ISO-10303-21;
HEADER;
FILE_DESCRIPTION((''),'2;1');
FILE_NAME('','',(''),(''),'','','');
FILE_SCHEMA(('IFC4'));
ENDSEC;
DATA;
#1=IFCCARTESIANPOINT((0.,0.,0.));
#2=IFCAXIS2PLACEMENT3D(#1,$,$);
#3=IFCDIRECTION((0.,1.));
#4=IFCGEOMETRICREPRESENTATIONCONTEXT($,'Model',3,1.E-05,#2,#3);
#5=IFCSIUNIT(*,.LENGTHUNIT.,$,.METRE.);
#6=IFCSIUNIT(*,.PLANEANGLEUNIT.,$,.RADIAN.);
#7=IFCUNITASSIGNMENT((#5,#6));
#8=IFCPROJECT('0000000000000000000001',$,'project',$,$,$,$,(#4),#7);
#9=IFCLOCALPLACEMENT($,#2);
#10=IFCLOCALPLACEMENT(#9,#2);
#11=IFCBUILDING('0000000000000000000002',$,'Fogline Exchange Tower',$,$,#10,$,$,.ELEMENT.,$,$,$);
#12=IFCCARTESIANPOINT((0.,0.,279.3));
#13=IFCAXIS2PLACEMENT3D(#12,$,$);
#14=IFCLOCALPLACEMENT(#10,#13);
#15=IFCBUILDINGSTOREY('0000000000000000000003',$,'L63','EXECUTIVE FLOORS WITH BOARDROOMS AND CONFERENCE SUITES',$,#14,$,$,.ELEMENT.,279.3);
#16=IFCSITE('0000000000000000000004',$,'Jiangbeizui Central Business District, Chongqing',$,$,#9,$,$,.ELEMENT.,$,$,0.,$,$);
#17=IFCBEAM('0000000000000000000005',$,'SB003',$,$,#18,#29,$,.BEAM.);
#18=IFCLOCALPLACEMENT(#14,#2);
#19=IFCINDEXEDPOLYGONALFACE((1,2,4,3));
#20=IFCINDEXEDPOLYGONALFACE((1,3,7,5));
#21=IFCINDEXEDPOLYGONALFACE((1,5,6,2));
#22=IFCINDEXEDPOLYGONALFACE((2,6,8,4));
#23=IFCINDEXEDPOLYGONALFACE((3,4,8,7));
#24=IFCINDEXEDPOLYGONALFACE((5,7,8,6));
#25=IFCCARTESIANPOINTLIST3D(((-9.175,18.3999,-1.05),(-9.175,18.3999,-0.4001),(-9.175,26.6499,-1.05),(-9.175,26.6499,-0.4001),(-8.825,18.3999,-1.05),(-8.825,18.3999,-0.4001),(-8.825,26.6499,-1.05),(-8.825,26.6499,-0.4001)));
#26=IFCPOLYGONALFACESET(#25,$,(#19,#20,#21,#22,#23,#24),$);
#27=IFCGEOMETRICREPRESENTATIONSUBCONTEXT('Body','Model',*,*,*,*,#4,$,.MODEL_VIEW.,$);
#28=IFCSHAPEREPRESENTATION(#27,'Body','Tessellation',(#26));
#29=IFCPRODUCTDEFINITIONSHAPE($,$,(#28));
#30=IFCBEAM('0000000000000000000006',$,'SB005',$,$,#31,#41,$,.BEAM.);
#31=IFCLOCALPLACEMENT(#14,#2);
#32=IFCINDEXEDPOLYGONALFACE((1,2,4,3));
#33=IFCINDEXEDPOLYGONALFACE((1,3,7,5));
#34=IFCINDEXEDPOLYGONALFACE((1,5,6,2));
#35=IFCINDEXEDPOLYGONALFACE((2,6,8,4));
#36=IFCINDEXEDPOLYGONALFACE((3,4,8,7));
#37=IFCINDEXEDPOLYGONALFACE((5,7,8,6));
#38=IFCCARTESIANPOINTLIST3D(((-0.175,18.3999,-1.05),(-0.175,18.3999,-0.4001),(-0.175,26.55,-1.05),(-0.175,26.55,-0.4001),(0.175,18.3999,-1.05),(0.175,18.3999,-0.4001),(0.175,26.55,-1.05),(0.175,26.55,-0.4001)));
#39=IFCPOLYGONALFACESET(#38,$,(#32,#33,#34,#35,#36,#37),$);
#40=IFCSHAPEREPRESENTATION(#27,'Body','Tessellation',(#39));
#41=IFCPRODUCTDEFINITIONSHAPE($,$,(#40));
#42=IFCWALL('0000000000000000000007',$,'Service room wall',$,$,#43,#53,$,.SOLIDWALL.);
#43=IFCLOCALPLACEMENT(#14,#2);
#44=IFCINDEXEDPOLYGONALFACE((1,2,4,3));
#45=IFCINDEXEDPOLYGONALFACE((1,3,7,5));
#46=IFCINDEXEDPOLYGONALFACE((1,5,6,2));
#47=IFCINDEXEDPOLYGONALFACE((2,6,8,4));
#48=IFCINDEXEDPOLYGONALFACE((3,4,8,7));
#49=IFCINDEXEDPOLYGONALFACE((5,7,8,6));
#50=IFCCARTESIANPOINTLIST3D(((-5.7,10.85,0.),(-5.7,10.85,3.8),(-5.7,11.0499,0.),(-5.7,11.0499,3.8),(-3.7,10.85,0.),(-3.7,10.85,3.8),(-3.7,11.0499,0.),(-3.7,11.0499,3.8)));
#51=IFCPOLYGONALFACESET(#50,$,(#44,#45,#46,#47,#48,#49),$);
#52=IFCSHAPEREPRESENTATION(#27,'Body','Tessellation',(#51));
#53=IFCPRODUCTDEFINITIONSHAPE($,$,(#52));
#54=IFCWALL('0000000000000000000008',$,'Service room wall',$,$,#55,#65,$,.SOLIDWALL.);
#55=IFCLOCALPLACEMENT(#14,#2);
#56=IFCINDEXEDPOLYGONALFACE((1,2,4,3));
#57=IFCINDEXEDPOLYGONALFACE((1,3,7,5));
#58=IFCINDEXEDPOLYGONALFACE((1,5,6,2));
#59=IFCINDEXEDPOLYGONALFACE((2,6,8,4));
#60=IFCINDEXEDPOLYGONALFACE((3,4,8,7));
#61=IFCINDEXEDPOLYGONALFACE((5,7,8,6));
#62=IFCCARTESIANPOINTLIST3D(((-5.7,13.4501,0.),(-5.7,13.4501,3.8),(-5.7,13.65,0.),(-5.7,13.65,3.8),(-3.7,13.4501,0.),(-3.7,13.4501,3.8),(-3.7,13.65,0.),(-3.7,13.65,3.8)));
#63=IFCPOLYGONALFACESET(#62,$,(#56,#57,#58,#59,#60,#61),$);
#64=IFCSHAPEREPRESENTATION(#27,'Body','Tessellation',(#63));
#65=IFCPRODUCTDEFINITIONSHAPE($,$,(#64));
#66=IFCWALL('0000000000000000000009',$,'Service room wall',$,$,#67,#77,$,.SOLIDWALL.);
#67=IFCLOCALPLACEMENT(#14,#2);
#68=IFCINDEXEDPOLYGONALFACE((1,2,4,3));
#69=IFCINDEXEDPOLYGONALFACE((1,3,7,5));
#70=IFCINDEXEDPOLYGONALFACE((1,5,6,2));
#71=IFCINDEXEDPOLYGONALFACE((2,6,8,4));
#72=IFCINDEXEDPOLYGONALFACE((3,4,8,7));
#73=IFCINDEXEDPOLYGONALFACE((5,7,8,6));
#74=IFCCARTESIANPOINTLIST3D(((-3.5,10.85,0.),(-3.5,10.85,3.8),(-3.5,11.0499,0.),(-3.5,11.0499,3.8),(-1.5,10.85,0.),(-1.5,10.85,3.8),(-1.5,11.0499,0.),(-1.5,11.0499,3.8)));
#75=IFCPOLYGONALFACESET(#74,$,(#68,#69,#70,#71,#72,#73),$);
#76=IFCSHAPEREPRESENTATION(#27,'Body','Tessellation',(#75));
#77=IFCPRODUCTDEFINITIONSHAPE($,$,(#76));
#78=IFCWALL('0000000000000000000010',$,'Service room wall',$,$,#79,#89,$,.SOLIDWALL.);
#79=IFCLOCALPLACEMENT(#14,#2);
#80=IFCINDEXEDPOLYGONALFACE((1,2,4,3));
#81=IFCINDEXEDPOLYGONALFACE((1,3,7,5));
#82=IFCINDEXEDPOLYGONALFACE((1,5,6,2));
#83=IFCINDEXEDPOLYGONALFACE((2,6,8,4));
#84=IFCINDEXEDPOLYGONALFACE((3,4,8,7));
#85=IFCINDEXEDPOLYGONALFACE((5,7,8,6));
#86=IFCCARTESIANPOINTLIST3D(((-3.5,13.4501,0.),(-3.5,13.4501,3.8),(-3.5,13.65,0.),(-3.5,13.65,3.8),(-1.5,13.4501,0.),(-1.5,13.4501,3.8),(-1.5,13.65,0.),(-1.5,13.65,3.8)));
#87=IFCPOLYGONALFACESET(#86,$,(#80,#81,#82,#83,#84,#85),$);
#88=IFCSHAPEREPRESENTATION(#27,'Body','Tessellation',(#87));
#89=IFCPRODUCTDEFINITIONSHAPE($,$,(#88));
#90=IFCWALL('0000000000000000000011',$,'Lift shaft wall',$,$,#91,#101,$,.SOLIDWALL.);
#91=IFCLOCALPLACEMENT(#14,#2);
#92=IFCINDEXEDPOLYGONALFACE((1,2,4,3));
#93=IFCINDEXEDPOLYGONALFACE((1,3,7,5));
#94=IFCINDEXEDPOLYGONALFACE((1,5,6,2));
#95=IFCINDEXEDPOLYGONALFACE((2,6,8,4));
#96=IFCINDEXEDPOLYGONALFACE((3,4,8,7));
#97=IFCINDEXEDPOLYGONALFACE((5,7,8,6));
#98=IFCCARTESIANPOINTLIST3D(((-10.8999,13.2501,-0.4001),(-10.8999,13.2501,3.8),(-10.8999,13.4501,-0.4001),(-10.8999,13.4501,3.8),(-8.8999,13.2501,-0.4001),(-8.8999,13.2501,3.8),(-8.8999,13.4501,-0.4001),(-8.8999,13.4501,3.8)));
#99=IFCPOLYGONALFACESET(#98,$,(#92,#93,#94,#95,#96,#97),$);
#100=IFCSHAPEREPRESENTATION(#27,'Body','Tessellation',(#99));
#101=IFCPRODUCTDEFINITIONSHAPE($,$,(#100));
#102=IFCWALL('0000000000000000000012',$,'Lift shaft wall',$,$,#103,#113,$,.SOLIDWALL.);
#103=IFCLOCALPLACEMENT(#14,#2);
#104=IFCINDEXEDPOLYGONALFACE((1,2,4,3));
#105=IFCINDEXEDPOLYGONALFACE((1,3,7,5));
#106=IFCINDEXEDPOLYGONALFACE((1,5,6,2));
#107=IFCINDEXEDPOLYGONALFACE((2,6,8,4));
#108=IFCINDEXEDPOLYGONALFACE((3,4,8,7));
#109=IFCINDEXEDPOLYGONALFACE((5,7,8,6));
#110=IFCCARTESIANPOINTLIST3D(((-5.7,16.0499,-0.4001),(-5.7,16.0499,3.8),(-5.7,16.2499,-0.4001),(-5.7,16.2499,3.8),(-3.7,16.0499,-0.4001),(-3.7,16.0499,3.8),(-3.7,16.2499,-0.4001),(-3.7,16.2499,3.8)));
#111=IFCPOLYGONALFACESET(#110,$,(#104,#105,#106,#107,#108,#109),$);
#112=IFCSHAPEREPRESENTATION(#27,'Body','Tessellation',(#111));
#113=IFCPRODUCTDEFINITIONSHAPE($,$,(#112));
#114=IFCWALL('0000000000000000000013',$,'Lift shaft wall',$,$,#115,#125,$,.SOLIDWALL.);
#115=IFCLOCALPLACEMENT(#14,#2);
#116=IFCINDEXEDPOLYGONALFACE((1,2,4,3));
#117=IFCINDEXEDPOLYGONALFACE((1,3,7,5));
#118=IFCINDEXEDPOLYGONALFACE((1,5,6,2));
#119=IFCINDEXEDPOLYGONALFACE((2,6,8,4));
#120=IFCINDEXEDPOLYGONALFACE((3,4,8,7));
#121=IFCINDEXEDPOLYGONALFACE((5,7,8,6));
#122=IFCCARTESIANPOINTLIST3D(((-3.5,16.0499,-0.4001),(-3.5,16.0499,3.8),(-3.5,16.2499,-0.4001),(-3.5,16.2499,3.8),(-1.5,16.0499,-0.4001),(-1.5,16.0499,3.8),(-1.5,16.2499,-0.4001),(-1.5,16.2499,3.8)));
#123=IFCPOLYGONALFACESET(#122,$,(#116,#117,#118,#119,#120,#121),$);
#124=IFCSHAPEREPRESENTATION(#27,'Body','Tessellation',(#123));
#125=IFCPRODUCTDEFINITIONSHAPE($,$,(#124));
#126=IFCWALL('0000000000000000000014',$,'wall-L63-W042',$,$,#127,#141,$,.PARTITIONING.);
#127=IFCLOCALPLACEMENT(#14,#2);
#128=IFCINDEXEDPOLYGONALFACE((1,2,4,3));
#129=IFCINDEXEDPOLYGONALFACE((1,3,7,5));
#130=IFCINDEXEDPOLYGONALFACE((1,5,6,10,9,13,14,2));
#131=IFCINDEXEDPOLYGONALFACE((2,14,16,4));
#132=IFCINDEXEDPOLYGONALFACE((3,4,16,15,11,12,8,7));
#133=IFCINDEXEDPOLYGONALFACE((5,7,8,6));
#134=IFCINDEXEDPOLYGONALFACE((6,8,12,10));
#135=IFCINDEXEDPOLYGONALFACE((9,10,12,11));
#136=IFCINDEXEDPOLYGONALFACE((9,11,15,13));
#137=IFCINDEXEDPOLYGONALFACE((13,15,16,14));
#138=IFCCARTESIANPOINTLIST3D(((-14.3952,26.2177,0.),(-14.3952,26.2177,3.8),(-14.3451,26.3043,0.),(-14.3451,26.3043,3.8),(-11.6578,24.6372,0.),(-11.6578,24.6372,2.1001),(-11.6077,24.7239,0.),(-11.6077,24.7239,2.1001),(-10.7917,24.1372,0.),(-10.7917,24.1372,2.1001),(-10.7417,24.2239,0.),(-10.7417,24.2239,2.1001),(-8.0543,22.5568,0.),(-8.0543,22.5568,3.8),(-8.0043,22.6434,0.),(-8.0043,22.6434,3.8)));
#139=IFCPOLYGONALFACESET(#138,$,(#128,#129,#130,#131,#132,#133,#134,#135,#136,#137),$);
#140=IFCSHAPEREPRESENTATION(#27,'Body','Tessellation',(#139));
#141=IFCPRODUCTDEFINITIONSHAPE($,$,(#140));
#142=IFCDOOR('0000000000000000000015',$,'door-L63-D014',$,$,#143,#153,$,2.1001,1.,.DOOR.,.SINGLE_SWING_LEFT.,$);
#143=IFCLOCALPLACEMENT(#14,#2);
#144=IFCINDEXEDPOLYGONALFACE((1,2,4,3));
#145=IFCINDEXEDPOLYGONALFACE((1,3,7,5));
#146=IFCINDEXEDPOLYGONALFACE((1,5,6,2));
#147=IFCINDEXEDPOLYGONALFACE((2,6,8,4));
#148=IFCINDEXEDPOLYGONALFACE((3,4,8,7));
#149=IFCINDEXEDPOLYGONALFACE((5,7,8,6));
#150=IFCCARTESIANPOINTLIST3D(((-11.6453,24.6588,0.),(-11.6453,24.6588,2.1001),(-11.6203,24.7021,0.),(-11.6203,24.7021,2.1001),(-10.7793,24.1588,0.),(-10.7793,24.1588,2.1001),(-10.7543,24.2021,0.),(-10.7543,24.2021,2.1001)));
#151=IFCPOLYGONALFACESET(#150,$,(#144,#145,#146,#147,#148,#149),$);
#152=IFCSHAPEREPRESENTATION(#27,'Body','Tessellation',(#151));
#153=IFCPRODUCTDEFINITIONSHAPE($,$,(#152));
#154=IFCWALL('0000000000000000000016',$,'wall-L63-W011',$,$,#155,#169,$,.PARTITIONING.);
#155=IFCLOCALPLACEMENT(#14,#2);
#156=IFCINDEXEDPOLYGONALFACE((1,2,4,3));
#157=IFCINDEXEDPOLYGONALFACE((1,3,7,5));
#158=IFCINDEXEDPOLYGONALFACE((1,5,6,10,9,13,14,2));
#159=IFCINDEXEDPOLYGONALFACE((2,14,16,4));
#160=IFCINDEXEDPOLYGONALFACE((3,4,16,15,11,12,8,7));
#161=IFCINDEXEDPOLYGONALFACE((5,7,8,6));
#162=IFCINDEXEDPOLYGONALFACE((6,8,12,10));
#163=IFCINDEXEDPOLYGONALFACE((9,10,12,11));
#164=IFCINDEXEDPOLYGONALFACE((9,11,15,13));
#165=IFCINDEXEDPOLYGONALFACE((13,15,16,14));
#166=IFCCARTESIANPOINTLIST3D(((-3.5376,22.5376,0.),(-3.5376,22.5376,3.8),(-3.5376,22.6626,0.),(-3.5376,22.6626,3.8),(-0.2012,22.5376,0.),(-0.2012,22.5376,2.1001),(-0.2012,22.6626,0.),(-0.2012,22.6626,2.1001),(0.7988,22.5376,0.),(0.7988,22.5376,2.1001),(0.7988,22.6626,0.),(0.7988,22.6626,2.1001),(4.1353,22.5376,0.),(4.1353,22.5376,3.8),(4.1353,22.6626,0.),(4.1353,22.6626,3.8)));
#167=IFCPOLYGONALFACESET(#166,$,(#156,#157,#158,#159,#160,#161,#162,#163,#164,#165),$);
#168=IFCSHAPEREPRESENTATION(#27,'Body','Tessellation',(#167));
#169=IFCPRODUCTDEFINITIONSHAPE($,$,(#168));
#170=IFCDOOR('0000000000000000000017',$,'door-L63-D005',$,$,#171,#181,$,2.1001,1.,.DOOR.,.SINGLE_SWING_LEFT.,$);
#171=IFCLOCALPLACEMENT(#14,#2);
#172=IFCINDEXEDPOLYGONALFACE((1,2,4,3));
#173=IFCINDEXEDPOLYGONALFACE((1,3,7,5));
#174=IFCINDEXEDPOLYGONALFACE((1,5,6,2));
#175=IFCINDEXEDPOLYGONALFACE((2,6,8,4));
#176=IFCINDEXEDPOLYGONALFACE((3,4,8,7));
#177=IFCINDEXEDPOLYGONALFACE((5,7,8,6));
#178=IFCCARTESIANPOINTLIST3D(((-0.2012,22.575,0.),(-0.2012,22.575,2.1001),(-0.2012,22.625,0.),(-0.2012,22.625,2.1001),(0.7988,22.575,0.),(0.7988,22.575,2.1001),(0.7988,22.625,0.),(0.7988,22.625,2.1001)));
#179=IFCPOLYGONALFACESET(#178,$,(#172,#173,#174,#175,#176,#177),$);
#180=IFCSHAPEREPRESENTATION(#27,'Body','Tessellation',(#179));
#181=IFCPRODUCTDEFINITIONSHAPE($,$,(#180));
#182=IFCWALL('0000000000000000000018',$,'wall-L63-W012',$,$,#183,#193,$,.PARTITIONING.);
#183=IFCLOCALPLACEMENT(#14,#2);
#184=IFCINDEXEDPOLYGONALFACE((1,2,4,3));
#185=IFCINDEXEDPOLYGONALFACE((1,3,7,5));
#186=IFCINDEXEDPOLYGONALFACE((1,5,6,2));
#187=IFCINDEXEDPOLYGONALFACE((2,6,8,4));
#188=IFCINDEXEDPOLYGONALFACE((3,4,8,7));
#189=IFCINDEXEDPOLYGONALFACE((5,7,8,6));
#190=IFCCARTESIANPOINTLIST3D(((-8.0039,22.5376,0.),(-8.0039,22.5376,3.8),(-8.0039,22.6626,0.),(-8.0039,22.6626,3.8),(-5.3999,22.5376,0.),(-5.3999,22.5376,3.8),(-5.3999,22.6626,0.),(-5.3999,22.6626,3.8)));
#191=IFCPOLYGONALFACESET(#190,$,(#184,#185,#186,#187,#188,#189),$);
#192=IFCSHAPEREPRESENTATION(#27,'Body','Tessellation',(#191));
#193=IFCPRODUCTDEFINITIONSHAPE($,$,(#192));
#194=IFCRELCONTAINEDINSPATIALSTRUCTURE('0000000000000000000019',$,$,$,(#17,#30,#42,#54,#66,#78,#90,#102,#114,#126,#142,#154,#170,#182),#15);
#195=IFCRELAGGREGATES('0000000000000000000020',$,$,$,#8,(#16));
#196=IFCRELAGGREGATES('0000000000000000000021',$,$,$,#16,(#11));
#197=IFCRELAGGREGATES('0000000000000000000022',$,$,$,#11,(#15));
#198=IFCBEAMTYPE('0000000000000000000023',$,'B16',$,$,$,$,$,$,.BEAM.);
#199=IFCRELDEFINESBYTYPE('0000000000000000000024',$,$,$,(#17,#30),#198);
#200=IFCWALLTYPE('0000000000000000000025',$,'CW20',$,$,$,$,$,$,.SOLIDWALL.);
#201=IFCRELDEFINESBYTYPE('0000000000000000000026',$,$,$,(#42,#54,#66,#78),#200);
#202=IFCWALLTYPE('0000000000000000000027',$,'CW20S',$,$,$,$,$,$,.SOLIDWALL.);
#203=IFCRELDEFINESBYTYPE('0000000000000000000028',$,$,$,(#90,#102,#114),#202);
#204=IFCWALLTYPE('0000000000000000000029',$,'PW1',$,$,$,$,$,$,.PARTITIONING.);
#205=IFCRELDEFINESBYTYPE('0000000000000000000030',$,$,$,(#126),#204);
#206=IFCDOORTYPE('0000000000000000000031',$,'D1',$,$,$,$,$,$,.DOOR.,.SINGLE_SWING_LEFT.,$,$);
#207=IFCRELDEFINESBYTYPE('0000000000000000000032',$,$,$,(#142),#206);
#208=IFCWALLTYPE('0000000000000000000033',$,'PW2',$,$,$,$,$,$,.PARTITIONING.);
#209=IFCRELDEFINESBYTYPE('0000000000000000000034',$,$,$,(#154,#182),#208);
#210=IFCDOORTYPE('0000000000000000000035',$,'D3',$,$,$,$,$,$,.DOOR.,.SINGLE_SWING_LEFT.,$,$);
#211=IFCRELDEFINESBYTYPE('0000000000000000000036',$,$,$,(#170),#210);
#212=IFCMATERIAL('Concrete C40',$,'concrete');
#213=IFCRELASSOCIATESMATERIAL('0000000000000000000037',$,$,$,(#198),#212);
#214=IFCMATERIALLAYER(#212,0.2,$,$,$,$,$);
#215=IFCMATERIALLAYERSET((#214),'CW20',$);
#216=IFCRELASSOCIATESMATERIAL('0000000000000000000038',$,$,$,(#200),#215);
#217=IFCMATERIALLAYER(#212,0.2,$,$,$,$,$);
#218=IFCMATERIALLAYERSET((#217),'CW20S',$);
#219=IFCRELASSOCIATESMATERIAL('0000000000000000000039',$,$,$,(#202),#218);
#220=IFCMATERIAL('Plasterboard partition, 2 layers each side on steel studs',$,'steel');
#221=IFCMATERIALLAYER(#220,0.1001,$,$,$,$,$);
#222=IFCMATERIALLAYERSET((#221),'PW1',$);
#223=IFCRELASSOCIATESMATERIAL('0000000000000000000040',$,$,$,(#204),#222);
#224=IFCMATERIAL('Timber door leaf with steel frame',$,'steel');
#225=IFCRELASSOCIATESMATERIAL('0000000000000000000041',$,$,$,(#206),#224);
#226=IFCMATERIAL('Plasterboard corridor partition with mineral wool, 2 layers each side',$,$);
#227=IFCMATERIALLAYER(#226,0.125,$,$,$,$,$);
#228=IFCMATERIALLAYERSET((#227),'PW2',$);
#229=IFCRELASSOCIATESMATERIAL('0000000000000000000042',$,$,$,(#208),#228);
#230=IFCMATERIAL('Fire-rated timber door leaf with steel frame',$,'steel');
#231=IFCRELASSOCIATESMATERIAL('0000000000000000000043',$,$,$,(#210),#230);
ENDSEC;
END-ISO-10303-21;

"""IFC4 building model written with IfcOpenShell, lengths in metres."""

from ifc_helpers import new_model, si_unit, direction, frame, frame_2d, origin, origin_2d, place, context, subcontext, project, spatial, rectangle, extrude, material, layer, layer_set, material_profile, profile_set, type_object, element, fill, save


model = new_model("IFC4")

# Units and contexts
model_context = context("Model", 3, precision=1e-05, world=origin(), true_north=direction((0.0, 1.0)))
body_context = subcontext(model_context, "Body", "Model", "MODEL_VIEW")
ifc_project = project(units=[si_unit("LENGTHUNIT", "METRE"), si_unit("PLANEANGLEUNIT", "RADIAN")], contexts=[model_context])

# Site, building, storey
site_placement = place(None, origin())
site = spatial("IfcSite", under=ifc_project, at=site_placement, Name="Jiangbeizui Central Business District, Chongqing", CompositionType="ELEMENT", RefElevation=0.0)
building_placement = place(site_placement, origin())
building = spatial("IfcBuilding", under=site, at=building_placement, Name="Fogline Exchange Tower", CompositionType="ELEMENT")
storey_placement = place(building_placement, frame((0.0, 0.0, 279.3)))
storey = spatial("IfcBuildingStorey", under=building, at=storey_placement, Name="L63", Description="EXECUTIVE FLOORS WITH BOARDROOMS AND CONFERENCE SUITES", CompositionType="ELEMENT", Elevation=279.3)

# Beams
ifc_material_1 = material(Name="Concrete C40", Category="concrete")
ifc_material_profile = material_profile(ifc_material_1, rectangle(XDim=0.3501, YDim=0.6499, at=origin_2d()), Name="RC 350x650")
ifc_profile_set = profile_set([ifc_material_profile], Name="Concrete C40")
beam_type = type_object("IfcBeamType", Name="B16", PredefinedType="BEAM", material=ifc_profile_set)
beam_1_placement = place(storey_placement, frame((-9.0, 18.3999, -0.7251), z_axis=(0.0, 1.0, 0.0), x_axis=(-1.0, 0.0, 0.0)))
element("IfcBeam", 1, at=beam_1_placement, inside=storey, type_object=beam_type, Name="SB003", PredefinedType="BEAM", context=body_context, shape_type="SweptSolid", body=[
    extrude(rectangle(XDim=0.3501, YDim=0.6499, at=origin_2d()), origin(), (0.0, 0.0, 1.0), 8.25),
])
beam_2_placement = place(storey_placement, frame((0.0, 18.3999, -0.7251), z_axis=(0.0, 1.0, 0.0), x_axis=(-1.0, 0.0, 0.0)))
element("IfcBeam", 2, at=beam_2_placement, inside=storey, type_object=beam_type, Name="SB005", PredefinedType="BEAM", context=body_context, shape_type="SweptSolid", body=[
    extrude(rectangle(XDim=0.3501, YDim=0.6499, at=origin_2d()), origin(), (0.0, 0.0, 1.0), 8.1501),
])

# Walls
ifc_layer_1 = layer(ifc_material_1, 0.2)
ifc_layer_set_1 = layer_set([ifc_layer_1], Name="CW20")
wall_type_1 = type_object("IfcWallType", Name="CW20", PredefinedType="SOLIDWALL", material=ifc_layer_set_1)
for number, where, z_axis, x_axis, name in (
    (3, (-5.7, 10.95, 0.0), (0.0, 0.0, 1.0), (1.0, 0.0, 0.0), "Service room wall"),
    (4, (-5.7, 13.55, 0.0), (0.0, 0.0, 1.0), (1.0, 0.0, 0.0), "Service room wall"),
    (5, (-3.5, 10.95, 0.0), (0.0, 0.0, 1.0), (1.0, 0.0, 0.0), "Service room wall"),
    (6, (-3.5, 13.55, 0.0), (0.0, 0.0, 1.0), (1.0, 0.0, 0.0), "Service room wall"),
):
    element("IfcWall", number, at=place(storey_placement, frame(where, z_axis=z_axis, x_axis=x_axis)), inside=storey, type_object=wall_type_1, Name=name, PredefinedType="SOLIDWALL", context=body_context, shape_type="SweptSolid", body=[
        extrude(rectangle(XDim=2.0, YDim=0.2, at=frame_2d((1.0, 0.0))), origin(), (0.0, 0.0, 1.0), 3.8),
    ])
ifc_layer_2 = layer(ifc_material_1, 0.2)
ifc_layer_set_2 = layer_set([ifc_layer_2], Name="CW20S")
wall_type_2 = type_object("IfcWallType", Name="CW20S", PredefinedType="SOLIDWALL", material=ifc_layer_set_2)
for number, where, z_axis, x_axis, name in (
    (7, (-10.8999, 13.3501, -0.4001), (0.0, 0.0, 1.0), (1.0, 0.0, 0.0), "Lift shaft wall"),
    (8, (-5.7, 16.1499, -0.4001), (0.0, 0.0, 1.0), (1.0, 0.0, 0.0), "Lift shaft wall"),
    (9, (-3.5, 16.1499, -0.4001), (0.0, 0.0, 1.0), (1.0, 0.0, 0.0), "Lift shaft wall"),
):
    element("IfcWall", number, at=place(storey_placement, frame(where, z_axis=z_axis, x_axis=x_axis)), inside=storey, type_object=wall_type_2, Name=name, PredefinedType="SOLIDWALL", context=body_context, shape_type="SweptSolid", body=[
        extrude(rectangle(XDim=2.0, YDim=0.2, at=frame_2d((1.0, 0.0))), origin(), (0.0, 0.0, 1.0), 4.2002),
    ])

# Walls, openings, doors
ifc_material_2 = material(Name="Plasterboard partition, 2 layers each side on steel studs", Category="steel")
ifc_layer_3 = layer(ifc_material_2, 0.1001)
ifc_layer_set_3 = layer_set([ifc_layer_3], Name="PW1")
wall_type_3 = type_object("IfcWallType", Name="PW1", PredefinedType="PARTITIONING", material=ifc_layer_set_3)
wall_1_placement = place(storey_placement, frame((-8.0293, 22.6001, 0.0), z_axis=(0.0, 0.0, 1.0), x_axis=(-0.866025, 0.500001, 0.0)))
wall_1 = element("IfcWall", 10, at=wall_1_placement, inside=storey, type_object=wall_type_3, Name="wall-L63-W042", PredefinedType="PARTITIONING", context=body_context, shape_type="SweptSolid", body=[
    extrude(rectangle(XDim=7.3218, YDim=0.1001, at=frame_2d((3.6609, 0.0))), origin(), (0.0, 0.0, 1.0), 3.8),
])
opening_1_placement = place(wall_1_placement, frame((3.1609, 0.0, 0.0)))
opening_1 = element("IfcOpeningElement", 11, at=opening_1_placement, cuts=wall_1, PredefinedType="OPENING", context=body_context, shape_type="SweptSolid", body=[
    extrude(rectangle(XDim=1.0, YDim=2.1001, at=frame_2d((0.5, 1.05))), frame((0.0, 0.0601, 0.0), z_axis=(0.0, -1.0, 0.0), x_axis=(1.0, 0.0, 0.0)), (0.0, 0.0, 1.0), 0.1201),
])
ifc_material_3 = material(Name="Timber door leaf with steel frame", Category="steel")
door_type_1 = type_object("IfcDoorType", Name="D1", OperationType="SINGLE_SWING_LEFT", PredefinedType="DOOR", material=ifc_material_3)
door_1_placement = place(opening_1_placement, frame((1.0, 0.0, 0.0), z_axis=(0.0, 0.0, 1.0), x_axis=(-1.0, 0.0, 0.0)))
door_1 = element("IfcDoor", 12, at=door_1_placement, inside=storey, type_object=door_type_1, Name="door-L63-D014", OperationType="SINGLE_SWING_LEFT", OverallHeight=2.1001, OverallWidth=1.0, PredefinedType="DOOR", context=body_context, shape_type="SweptSolid", body=[
    extrude(rectangle(XDim=1.0, YDim=2.1001, at=frame_2d((0.5, 1.05))), frame((0.0, 0.0249, 0.0), z_axis=(0.0, -1.0, 0.0), x_axis=(1.0, 0.0, 0.0)), (0.0, 0.0, 1.0), 0.05),
])
fill(opening_1, door_1)
ifc_material_4 = material(Name="Plasterboard corridor partition with mineral wool, 2 layers each side")
ifc_layer_4 = layer(ifc_material_4, 0.125)
ifc_layer_set_4 = layer_set([ifc_layer_4], Name="PW2")
wall_type_4 = type_object("IfcWallType", Name="PW2", PredefinedType="PARTITIONING", material=ifc_layer_set_4)
wall_2_placement = place(storey_placement, frame((-3.5376, 22.6001, 0.0), z_axis=(0.0, 0.0, 1.0), x_axis=(1.0, 0.0, 0.0)))
wall_2 = element("IfcWall", 13, at=wall_2_placement, inside=storey, type_object=wall_type_4, Name="wall-L63-W011", PredefinedType="PARTITIONING", context=body_context, shape_type="SweptSolid", body=[
    extrude(rectangle(XDim=7.6729, YDim=0.125, at=frame_2d((3.8364, 0.0))), origin(), (0.0, 0.0, 1.0), 3.8),
])
opening_2_placement = place(wall_2_placement, frame((3.3364, 0.0, 0.0)))
opening_2 = element("IfcOpeningElement", 14, at=opening_2_placement, cuts=wall_2, PredefinedType="OPENING", context=body_context, shape_type="SweptSolid", body=[
    extrude(rectangle(XDim=1.0, YDim=2.1001, at=frame_2d((0.5, 1.05))), frame((0.0, 0.0725, 0.0), z_axis=(0.0, -1.0, 0.0), x_axis=(1.0, 0.0, 0.0)), (0.0, 0.0, 1.0), 0.145),
])
ifc_material_5 = material(Name="Fire-rated timber door leaf with steel frame", Category="steel")
door_type_2 = type_object("IfcDoorType", Name="D3", OperationType="SINGLE_SWING_LEFT", PredefinedType="DOOR", material=ifc_material_5)
door_2_placement = place(opening_2_placement, origin())
door_2 = element("IfcDoor", 15, at=door_2_placement, inside=storey, type_object=door_type_2, Name="door-L63-D005", OperationType="SINGLE_SWING_LEFT", OverallHeight=2.1001, OverallWidth=1.0, PredefinedType="DOOR", context=body_context, shape_type="SweptSolid", body=[
    extrude(rectangle(XDim=1.0, YDim=2.1001, at=frame_2d((0.5, 1.05))), frame((0.0, 0.0249, 0.0), z_axis=(0.0, -1.0, 0.0), x_axis=(1.0, 0.0, 0.0)), (0.0, 0.0, 1.0), 0.05),
])
fill(opening_2, door_2)

# Wall
wall_3_placement = place(storey_placement, frame((-8.0039, 22.6001, 0.0), z_axis=(0.0, 0.0, 1.0), x_axis=(1.0, 0.0, 0.0)))
element("IfcWall", 16, at=wall_3_placement, inside=storey, type_object=wall_type_4, Name="wall-L63-W012", PredefinedType="PARTITIONING", context=body_context, shape_type="SweptSolid", body=[
    extrude(rectangle(XDim=2.604, YDim=0.125, at=frame_2d((1.302, 0.0))), origin(), (0.0, 0.0, 1.0), 3.8),
])

save(model, "model.ifc")
